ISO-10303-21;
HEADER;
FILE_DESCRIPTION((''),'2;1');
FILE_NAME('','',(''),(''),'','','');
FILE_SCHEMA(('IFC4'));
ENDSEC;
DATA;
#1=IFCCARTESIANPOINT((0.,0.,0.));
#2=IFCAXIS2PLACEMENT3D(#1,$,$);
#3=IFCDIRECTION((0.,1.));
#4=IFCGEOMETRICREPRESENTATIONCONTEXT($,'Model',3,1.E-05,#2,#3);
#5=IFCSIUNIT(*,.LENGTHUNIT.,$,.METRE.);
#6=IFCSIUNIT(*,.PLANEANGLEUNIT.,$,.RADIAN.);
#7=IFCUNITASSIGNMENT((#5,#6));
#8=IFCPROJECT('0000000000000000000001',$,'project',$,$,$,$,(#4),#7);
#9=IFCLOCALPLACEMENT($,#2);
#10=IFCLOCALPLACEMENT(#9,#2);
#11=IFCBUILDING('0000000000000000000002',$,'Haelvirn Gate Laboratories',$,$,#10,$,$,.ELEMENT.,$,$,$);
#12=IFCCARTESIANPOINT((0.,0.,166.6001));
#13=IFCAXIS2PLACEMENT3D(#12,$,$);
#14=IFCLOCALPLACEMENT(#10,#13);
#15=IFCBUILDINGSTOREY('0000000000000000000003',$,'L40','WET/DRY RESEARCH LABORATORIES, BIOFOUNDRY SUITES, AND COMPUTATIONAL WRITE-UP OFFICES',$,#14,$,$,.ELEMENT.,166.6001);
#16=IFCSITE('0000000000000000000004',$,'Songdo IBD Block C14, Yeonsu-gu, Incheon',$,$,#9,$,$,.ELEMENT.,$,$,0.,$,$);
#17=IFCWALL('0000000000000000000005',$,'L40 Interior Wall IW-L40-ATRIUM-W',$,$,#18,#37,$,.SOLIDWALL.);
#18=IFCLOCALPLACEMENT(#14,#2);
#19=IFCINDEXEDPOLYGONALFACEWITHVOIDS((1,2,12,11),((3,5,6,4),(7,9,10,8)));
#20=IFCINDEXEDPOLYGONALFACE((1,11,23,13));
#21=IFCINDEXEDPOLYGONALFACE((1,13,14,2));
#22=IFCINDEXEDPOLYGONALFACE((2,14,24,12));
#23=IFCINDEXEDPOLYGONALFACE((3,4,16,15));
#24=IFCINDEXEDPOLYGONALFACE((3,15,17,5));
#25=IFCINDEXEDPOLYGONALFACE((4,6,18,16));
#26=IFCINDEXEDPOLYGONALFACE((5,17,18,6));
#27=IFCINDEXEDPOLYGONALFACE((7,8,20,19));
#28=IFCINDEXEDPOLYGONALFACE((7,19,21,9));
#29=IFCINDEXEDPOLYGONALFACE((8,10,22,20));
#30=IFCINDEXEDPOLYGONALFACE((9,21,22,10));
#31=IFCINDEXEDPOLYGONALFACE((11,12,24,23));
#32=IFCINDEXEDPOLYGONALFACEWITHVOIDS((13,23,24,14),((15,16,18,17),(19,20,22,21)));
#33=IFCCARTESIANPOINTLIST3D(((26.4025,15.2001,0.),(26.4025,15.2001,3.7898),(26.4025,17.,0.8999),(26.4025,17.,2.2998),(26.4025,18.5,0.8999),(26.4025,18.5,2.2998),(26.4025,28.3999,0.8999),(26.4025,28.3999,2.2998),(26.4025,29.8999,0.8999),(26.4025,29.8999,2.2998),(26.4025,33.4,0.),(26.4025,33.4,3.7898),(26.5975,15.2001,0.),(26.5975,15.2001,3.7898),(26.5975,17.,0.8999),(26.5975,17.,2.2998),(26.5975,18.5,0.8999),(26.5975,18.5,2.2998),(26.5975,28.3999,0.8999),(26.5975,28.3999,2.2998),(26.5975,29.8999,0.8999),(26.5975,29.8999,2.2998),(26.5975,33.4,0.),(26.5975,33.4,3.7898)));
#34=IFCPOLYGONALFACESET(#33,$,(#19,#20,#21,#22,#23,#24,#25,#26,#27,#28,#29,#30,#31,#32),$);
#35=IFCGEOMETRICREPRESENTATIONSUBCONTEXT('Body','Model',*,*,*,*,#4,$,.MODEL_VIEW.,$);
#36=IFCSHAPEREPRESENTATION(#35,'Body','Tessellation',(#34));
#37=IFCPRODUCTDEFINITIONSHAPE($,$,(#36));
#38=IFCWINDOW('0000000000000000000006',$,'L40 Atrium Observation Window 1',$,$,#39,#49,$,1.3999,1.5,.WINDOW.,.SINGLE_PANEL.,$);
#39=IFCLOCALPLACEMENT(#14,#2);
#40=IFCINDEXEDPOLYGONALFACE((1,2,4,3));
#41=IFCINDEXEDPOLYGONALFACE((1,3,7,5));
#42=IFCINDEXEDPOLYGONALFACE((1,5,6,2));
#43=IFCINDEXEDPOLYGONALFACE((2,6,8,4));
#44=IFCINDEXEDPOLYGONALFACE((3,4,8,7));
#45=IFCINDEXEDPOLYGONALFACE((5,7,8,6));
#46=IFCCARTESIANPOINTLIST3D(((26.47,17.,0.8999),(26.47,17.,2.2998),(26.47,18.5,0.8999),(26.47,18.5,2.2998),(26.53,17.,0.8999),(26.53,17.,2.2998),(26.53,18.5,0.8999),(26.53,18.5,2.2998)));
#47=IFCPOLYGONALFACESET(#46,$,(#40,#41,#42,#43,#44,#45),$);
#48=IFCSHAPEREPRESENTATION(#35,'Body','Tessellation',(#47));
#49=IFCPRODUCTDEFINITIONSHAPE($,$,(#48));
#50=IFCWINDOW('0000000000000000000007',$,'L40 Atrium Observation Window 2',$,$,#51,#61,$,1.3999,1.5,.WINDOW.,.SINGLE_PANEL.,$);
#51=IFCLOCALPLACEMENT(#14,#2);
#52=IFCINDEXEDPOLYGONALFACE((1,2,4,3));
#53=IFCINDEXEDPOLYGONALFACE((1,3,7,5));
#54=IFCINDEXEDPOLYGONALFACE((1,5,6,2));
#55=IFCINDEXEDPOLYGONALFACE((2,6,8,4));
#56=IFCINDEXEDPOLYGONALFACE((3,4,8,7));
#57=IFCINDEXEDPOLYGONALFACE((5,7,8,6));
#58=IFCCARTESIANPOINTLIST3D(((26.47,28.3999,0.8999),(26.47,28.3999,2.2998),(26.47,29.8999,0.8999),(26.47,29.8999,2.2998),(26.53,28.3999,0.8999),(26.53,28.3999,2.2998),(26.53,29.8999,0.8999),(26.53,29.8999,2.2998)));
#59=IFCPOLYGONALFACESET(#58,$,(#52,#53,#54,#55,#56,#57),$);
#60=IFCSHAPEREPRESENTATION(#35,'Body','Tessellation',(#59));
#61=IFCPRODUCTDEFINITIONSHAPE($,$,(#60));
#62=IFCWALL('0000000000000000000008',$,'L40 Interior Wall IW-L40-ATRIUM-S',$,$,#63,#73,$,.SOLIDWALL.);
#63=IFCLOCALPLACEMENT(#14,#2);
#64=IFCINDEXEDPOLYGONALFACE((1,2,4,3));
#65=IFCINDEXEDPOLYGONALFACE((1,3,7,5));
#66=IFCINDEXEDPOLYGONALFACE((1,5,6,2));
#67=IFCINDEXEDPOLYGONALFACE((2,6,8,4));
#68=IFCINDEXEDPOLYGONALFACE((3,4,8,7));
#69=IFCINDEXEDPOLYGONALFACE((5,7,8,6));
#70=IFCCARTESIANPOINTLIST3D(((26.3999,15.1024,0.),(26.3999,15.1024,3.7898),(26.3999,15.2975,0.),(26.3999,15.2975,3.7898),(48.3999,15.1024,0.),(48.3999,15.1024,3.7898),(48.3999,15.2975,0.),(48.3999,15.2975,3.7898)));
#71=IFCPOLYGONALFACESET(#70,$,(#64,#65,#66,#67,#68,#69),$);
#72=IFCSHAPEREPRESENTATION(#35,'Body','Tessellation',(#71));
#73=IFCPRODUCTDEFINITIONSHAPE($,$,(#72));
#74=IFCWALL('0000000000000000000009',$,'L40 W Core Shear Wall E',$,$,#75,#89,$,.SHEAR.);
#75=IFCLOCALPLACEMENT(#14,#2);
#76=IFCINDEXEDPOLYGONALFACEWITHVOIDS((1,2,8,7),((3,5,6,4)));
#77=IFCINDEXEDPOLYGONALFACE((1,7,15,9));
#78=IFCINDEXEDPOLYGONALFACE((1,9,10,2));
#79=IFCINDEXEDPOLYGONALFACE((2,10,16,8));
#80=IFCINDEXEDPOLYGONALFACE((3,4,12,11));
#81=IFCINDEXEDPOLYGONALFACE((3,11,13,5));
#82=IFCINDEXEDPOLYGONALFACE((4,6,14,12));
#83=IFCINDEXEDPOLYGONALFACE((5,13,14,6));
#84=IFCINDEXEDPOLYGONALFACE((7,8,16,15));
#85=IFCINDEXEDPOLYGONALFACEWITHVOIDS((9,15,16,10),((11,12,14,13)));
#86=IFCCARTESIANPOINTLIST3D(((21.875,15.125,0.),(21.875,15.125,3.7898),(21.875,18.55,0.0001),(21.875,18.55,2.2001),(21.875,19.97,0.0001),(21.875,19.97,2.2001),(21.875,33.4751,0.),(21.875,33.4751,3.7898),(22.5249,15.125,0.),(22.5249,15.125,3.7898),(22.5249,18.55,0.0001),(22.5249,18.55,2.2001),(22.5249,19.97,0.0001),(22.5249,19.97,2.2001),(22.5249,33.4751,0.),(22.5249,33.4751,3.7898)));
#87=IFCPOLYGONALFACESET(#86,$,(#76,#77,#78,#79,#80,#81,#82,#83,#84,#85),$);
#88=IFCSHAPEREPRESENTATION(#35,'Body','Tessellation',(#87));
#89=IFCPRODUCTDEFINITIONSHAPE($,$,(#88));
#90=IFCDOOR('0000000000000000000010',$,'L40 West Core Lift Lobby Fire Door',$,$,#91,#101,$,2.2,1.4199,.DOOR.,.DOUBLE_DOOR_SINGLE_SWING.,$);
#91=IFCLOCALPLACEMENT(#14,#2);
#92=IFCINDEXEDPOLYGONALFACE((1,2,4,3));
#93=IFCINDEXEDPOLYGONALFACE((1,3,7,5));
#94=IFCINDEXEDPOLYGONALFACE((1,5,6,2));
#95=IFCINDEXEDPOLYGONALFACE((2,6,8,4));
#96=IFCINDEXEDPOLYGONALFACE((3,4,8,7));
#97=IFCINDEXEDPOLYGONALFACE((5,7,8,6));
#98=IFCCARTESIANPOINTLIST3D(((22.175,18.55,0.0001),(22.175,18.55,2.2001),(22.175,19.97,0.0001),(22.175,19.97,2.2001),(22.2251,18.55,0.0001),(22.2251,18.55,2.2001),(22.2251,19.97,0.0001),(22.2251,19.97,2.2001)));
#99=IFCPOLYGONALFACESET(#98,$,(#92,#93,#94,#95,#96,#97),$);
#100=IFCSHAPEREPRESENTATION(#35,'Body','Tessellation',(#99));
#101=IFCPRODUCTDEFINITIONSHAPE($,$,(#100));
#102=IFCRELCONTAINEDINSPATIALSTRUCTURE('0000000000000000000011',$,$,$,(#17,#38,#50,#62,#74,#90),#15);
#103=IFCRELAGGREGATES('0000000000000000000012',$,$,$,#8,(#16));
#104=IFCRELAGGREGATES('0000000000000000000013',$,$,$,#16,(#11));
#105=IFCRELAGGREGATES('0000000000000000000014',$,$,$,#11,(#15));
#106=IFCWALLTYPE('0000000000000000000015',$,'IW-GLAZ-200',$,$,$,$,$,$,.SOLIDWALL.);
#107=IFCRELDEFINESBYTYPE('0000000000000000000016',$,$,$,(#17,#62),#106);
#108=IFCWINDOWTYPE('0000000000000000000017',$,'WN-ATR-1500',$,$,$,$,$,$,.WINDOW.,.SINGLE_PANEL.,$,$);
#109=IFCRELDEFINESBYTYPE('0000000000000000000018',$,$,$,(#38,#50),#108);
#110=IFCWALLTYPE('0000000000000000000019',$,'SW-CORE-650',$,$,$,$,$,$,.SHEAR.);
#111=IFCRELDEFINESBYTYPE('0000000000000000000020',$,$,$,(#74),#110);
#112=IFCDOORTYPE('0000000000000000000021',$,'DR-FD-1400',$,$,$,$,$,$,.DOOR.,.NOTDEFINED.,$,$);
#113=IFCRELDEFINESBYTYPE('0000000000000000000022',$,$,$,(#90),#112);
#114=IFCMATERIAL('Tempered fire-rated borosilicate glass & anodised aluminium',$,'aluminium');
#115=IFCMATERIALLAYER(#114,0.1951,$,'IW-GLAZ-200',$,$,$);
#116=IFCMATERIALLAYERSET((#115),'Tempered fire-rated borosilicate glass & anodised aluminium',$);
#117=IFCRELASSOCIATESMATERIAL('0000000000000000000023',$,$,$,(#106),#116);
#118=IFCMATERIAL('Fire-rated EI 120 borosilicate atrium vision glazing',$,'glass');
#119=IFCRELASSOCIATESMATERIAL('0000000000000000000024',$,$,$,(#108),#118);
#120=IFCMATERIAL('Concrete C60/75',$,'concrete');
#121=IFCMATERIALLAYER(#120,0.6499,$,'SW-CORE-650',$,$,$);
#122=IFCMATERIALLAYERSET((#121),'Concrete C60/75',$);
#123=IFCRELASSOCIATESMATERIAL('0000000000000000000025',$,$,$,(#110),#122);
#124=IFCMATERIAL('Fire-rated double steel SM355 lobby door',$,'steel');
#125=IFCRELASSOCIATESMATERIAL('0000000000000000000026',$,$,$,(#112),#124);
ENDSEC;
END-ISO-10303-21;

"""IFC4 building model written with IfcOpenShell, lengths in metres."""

from ifc_helpers import new_model, si_unit, direction, frame, frame_2d, origin, place, context, subcontext, project, spatial, rectangle, extrude, source, transform, mapped, material, layer, layer_set, type_object, type_shapes, element, fill, save


model = new_model("IFC4")

# Units and contexts
model_context = context("Model", 3, precision=1e-05, world=origin(), true_north=direction((0.0, 1.0)))
body_context = subcontext(model_context, "Body", "Model", "MODEL_VIEW")
ifc_project = project(units=[si_unit("LENGTHUNIT", "METRE"), si_unit("PLANEANGLEUNIT", "RADIAN")], contexts=[model_context])

# Site, building, storey
site_placement = place(None, origin())
site = spatial("IfcSite", under=ifc_project, at=site_placement, Name="Songdo IBD Block C14, Yeonsu-gu, Incheon", CompositionType="ELEMENT", RefElevation=0.0)
building_placement = place(site_placement, origin())
building = spatial("IfcBuilding", under=site, at=building_placement, Name="Haelvirn Gate Laboratories", CompositionType="ELEMENT")
storey_placement = place(building_placement, frame((0.0, 0.0, 166.6001)))
storey = spatial("IfcBuildingStorey", under=building, at=storey_placement, Name="L40", Description="WET/DRY RESEARCH LABORATORIES, BIOFOUNDRY SUITES, AND COMPUTATIONAL WRITE-UP OFFICES", CompositionType="ELEMENT", Elevation=166.6001)

# Shared definitions
ifc_material_1 = material(Name="Concrete C60/75", Category="concrete")

# Wall, openings, windows
ifc_material_2 = material(Name="Tempered fire-rated borosilicate glass & anodised aluminium", Category="aluminium")
ifc_layer_1 = layer(ifc_material_2, 0.1951, Name="IW-GLAZ-200")
ifc_layer_set_1 = layer_set([ifc_layer_1], Name="Tempered fire-rated borosilicate glass & anodised aluminium")
wall_type_1 = type_object("IfcWallType", Name="IW-GLAZ-200", PredefinedType="SOLIDWALL", material=ifc_layer_set_1)
wall_1_placement = place(storey_placement, frame((26.5, 15.2, 0.0), z_axis=(0.0, 0.0, 1.0), x_axis=(0.0, 1.0, 0.0)))
wall_1 = element("IfcWall", 1, at=wall_1_placement, inside=storey, type_object=wall_type_1, Name="L40 Interior Wall IW-L40-ATRIUM-W", PredefinedType="SOLIDWALL", context=body_context, shape_type="SweptSolid", body=[
    extrude(rectangle(XDim=18.2, YDim=0.1951, at=frame_2d((9.1001, 0.0))), origin(), (0.0, 0.0, 1.0), 3.7898),
])
opening_1_placement = place(wall_1_placement, frame((1.8, 0.0, 0.8999)))
opening_1 = element("IfcOpeningElement", 2, at=opening_1_placement, cuts=wall_1, PredefinedType="OPENING", context=body_context, shape_type="SweptSolid", body=[
    extrude(rectangle(XDim=1.5, YDim=1.3999, at=frame_2d((0.75, 0.7))), frame((0.0, 0.1074, 0.0), z_axis=(0.0, -1.0, 0.0), x_axis=(1.0, 0.0, 0.0)), (0.0, 0.0, 1.0), 0.2151),
])
opening_2_placement = place(wall_1_placement, frame((13.2, 0.0, 0.8999)))
opening_2 = element("IfcOpeningElement", 3, at=opening_2_placement, cuts=wall_1, PredefinedType="OPENING", context=body_context, shape_type="SweptSolid", body=[
    extrude(rectangle(XDim=1.5, YDim=1.3999, at=frame_2d((0.75, 0.7))), frame((0.0, 0.1074, 0.0), z_axis=(0.0, -1.0, 0.0), x_axis=(1.0, 0.0, 0.0)), (0.0, 0.0, 1.0), 0.2151),
])
ifc_material_3 = material(Name="Fire-rated EI 120 borosilicate atrium vision glazing", Category="glass")
window_type = type_object("IfcWindowType", Name="WN-ATR-1500", PartitioningType="SINGLE_PANEL", PredefinedType="WINDOW", material=ifc_material_3)
shared_shape_1 = source(origin(), body_context, "Body", "SweptSolid", [
    extrude(rectangle(XDim=1.5, YDim=1.3999, at=frame_2d((0.75, 0.7))), frame((0.0, 0.03, 0.0), z_axis=(0.0, -1.0, 0.0), x_axis=(1.0, 0.0, 0.0)), (0.0, 0.0, 1.0), 0.0601),
])
type_shapes(window_type, [shared_shape_1])
window_1_placement = place(opening_1_placement, origin())
window_1 = element("IfcWindow", 4, at=window_1_placement, inside=storey, type_object=window_type, Name="L40 Atrium Observation Window 1", OverallHeight=1.3999, OverallWidth=1.5, PartitioningType="SINGLE_PANEL", PredefinedType="WINDOW", context=body_context, shape_type="MappedRepresentation", body=[
    mapped(shared_shape_1, transform((0.0, 0.0, 0.0), scale=1.0)),
])
fill(opening_1, window_1)
window_2_placement = place(opening_2_placement, origin())
window_2 = element("IfcWindow", 5, at=window_2_placement, inside=storey, type_object=window_type, Name="L40 Atrium Observation Window 2", OverallHeight=1.3999, OverallWidth=1.5, PartitioningType="SINGLE_PANEL", PredefinedType="WINDOW", context=body_context, shape_type="MappedRepresentation", body=[
    mapped(shared_shape_1, transform((0.0, 0.0, 0.0), scale=1.0)),
])
fill(opening_2, window_2)

# Wall
wall_2_placement = place(storey_placement, frame((26.3999, 15.2, 0.0), z_axis=(0.0, 0.0, 1.0), x_axis=(1.0, 0.0, 0.0)))
element("IfcWall", 6, at=wall_2_placement, inside=storey, type_object=wall_type_1, Name="L40 Interior Wall IW-L40-ATRIUM-S", PredefinedType="SOLIDWALL", context=body_context, shape_type="SweptSolid", body=[
    extrude(rectangle(XDim=22.0, YDim=0.1951, at=frame_2d((11.0, 0.0))), origin(), (0.0, 0.0, 1.0), 3.7898),
])

# Wall, opening, door
ifc_layer_2 = layer(ifc_material_1, 0.6499, Name="SW-CORE-650")
ifc_layer_set_2 = layer_set([ifc_layer_2], Name="Concrete C60/75")
wall_type_2 = type_object("IfcWallType", Name="SW-CORE-650", PredefinedType="SHEAR", material=ifc_layer_set_2)
wall_3_placement = place(storey_placement, frame((22.2, 15.125, 0.0), z_axis=(0.0, 0.0, 1.0), x_axis=(0.0, 1.0, 0.0)))
wall_3 = element("IfcWall", 7, at=wall_3_placement, inside=storey, type_object=wall_type_2, Name="L40 W Core Shear Wall E", PredefinedType="SHEAR", context=body_context, shape_type="SweptSolid", body=[
    extrude(rectangle(XDim=18.3501, YDim=0.6499, at=frame_2d((9.175, 0.0))), origin(), (0.0, 0.0, 1.0), 3.7898),
])
opening_3_placement = place(wall_3_placement, frame((3.425, 0.0, 0.0)))
opening_3 = element("IfcOpeningElement", 8, at=opening_3_placement, cuts=wall_3, PredefinedType="OPENING", context=body_context, shape_type="SweptSolid", body=[
    extrude(rectangle(XDim=1.4199, YDim=2.2, at=frame_2d((0.71, 1.1001))), frame((0.0, 0.335, 0.0), z_axis=(0.0, -1.0, 0.0), x_axis=(1.0, 0.0, 0.0)), (0.0, 0.0, 1.0), 0.6699),
])
ifc_material_4 = material(Name="Fire-rated double steel SM355 lobby door", Category="steel")
door_type = type_object("IfcDoorType", Name="DR-FD-1400", OperationType="NOTDEFINED", PredefinedType="DOOR", material=ifc_material_4)
shared_shape_2 = source(origin(), body_context, "Body", "SweptSolid", [
    extrude(rectangle(XDim=1.4199, YDim=2.2, at=frame_2d((0.71, 1.1001))), frame((0.0, 0.0249, 0.0), z_axis=(0.0, -1.0, 0.0), x_axis=(1.0, 0.0, 0.0)), (0.0, 0.0, 1.0), 0.05),
])
type_shapes(door_type, [shared_shape_2])
door_placement = place(opening_3_placement, origin())
door = element("IfcDoor", 9, at=door_placement, inside=storey, type_object=door_type, Name="L40 West Core Lift Lobby Fire Door", OperationType="DOUBLE_DOOR_SINGLE_SWING", OverallHeight=2.2, OverallWidth=1.4199, PredefinedType="DOOR", context=body_context, shape_type="MappedRepresentation", body=[
    mapped(shared_shape_2, transform((0.0, 0.0, 0.0), scale=1.0)),
])
fill(opening_3, door)

save(model, "model.ifc")
